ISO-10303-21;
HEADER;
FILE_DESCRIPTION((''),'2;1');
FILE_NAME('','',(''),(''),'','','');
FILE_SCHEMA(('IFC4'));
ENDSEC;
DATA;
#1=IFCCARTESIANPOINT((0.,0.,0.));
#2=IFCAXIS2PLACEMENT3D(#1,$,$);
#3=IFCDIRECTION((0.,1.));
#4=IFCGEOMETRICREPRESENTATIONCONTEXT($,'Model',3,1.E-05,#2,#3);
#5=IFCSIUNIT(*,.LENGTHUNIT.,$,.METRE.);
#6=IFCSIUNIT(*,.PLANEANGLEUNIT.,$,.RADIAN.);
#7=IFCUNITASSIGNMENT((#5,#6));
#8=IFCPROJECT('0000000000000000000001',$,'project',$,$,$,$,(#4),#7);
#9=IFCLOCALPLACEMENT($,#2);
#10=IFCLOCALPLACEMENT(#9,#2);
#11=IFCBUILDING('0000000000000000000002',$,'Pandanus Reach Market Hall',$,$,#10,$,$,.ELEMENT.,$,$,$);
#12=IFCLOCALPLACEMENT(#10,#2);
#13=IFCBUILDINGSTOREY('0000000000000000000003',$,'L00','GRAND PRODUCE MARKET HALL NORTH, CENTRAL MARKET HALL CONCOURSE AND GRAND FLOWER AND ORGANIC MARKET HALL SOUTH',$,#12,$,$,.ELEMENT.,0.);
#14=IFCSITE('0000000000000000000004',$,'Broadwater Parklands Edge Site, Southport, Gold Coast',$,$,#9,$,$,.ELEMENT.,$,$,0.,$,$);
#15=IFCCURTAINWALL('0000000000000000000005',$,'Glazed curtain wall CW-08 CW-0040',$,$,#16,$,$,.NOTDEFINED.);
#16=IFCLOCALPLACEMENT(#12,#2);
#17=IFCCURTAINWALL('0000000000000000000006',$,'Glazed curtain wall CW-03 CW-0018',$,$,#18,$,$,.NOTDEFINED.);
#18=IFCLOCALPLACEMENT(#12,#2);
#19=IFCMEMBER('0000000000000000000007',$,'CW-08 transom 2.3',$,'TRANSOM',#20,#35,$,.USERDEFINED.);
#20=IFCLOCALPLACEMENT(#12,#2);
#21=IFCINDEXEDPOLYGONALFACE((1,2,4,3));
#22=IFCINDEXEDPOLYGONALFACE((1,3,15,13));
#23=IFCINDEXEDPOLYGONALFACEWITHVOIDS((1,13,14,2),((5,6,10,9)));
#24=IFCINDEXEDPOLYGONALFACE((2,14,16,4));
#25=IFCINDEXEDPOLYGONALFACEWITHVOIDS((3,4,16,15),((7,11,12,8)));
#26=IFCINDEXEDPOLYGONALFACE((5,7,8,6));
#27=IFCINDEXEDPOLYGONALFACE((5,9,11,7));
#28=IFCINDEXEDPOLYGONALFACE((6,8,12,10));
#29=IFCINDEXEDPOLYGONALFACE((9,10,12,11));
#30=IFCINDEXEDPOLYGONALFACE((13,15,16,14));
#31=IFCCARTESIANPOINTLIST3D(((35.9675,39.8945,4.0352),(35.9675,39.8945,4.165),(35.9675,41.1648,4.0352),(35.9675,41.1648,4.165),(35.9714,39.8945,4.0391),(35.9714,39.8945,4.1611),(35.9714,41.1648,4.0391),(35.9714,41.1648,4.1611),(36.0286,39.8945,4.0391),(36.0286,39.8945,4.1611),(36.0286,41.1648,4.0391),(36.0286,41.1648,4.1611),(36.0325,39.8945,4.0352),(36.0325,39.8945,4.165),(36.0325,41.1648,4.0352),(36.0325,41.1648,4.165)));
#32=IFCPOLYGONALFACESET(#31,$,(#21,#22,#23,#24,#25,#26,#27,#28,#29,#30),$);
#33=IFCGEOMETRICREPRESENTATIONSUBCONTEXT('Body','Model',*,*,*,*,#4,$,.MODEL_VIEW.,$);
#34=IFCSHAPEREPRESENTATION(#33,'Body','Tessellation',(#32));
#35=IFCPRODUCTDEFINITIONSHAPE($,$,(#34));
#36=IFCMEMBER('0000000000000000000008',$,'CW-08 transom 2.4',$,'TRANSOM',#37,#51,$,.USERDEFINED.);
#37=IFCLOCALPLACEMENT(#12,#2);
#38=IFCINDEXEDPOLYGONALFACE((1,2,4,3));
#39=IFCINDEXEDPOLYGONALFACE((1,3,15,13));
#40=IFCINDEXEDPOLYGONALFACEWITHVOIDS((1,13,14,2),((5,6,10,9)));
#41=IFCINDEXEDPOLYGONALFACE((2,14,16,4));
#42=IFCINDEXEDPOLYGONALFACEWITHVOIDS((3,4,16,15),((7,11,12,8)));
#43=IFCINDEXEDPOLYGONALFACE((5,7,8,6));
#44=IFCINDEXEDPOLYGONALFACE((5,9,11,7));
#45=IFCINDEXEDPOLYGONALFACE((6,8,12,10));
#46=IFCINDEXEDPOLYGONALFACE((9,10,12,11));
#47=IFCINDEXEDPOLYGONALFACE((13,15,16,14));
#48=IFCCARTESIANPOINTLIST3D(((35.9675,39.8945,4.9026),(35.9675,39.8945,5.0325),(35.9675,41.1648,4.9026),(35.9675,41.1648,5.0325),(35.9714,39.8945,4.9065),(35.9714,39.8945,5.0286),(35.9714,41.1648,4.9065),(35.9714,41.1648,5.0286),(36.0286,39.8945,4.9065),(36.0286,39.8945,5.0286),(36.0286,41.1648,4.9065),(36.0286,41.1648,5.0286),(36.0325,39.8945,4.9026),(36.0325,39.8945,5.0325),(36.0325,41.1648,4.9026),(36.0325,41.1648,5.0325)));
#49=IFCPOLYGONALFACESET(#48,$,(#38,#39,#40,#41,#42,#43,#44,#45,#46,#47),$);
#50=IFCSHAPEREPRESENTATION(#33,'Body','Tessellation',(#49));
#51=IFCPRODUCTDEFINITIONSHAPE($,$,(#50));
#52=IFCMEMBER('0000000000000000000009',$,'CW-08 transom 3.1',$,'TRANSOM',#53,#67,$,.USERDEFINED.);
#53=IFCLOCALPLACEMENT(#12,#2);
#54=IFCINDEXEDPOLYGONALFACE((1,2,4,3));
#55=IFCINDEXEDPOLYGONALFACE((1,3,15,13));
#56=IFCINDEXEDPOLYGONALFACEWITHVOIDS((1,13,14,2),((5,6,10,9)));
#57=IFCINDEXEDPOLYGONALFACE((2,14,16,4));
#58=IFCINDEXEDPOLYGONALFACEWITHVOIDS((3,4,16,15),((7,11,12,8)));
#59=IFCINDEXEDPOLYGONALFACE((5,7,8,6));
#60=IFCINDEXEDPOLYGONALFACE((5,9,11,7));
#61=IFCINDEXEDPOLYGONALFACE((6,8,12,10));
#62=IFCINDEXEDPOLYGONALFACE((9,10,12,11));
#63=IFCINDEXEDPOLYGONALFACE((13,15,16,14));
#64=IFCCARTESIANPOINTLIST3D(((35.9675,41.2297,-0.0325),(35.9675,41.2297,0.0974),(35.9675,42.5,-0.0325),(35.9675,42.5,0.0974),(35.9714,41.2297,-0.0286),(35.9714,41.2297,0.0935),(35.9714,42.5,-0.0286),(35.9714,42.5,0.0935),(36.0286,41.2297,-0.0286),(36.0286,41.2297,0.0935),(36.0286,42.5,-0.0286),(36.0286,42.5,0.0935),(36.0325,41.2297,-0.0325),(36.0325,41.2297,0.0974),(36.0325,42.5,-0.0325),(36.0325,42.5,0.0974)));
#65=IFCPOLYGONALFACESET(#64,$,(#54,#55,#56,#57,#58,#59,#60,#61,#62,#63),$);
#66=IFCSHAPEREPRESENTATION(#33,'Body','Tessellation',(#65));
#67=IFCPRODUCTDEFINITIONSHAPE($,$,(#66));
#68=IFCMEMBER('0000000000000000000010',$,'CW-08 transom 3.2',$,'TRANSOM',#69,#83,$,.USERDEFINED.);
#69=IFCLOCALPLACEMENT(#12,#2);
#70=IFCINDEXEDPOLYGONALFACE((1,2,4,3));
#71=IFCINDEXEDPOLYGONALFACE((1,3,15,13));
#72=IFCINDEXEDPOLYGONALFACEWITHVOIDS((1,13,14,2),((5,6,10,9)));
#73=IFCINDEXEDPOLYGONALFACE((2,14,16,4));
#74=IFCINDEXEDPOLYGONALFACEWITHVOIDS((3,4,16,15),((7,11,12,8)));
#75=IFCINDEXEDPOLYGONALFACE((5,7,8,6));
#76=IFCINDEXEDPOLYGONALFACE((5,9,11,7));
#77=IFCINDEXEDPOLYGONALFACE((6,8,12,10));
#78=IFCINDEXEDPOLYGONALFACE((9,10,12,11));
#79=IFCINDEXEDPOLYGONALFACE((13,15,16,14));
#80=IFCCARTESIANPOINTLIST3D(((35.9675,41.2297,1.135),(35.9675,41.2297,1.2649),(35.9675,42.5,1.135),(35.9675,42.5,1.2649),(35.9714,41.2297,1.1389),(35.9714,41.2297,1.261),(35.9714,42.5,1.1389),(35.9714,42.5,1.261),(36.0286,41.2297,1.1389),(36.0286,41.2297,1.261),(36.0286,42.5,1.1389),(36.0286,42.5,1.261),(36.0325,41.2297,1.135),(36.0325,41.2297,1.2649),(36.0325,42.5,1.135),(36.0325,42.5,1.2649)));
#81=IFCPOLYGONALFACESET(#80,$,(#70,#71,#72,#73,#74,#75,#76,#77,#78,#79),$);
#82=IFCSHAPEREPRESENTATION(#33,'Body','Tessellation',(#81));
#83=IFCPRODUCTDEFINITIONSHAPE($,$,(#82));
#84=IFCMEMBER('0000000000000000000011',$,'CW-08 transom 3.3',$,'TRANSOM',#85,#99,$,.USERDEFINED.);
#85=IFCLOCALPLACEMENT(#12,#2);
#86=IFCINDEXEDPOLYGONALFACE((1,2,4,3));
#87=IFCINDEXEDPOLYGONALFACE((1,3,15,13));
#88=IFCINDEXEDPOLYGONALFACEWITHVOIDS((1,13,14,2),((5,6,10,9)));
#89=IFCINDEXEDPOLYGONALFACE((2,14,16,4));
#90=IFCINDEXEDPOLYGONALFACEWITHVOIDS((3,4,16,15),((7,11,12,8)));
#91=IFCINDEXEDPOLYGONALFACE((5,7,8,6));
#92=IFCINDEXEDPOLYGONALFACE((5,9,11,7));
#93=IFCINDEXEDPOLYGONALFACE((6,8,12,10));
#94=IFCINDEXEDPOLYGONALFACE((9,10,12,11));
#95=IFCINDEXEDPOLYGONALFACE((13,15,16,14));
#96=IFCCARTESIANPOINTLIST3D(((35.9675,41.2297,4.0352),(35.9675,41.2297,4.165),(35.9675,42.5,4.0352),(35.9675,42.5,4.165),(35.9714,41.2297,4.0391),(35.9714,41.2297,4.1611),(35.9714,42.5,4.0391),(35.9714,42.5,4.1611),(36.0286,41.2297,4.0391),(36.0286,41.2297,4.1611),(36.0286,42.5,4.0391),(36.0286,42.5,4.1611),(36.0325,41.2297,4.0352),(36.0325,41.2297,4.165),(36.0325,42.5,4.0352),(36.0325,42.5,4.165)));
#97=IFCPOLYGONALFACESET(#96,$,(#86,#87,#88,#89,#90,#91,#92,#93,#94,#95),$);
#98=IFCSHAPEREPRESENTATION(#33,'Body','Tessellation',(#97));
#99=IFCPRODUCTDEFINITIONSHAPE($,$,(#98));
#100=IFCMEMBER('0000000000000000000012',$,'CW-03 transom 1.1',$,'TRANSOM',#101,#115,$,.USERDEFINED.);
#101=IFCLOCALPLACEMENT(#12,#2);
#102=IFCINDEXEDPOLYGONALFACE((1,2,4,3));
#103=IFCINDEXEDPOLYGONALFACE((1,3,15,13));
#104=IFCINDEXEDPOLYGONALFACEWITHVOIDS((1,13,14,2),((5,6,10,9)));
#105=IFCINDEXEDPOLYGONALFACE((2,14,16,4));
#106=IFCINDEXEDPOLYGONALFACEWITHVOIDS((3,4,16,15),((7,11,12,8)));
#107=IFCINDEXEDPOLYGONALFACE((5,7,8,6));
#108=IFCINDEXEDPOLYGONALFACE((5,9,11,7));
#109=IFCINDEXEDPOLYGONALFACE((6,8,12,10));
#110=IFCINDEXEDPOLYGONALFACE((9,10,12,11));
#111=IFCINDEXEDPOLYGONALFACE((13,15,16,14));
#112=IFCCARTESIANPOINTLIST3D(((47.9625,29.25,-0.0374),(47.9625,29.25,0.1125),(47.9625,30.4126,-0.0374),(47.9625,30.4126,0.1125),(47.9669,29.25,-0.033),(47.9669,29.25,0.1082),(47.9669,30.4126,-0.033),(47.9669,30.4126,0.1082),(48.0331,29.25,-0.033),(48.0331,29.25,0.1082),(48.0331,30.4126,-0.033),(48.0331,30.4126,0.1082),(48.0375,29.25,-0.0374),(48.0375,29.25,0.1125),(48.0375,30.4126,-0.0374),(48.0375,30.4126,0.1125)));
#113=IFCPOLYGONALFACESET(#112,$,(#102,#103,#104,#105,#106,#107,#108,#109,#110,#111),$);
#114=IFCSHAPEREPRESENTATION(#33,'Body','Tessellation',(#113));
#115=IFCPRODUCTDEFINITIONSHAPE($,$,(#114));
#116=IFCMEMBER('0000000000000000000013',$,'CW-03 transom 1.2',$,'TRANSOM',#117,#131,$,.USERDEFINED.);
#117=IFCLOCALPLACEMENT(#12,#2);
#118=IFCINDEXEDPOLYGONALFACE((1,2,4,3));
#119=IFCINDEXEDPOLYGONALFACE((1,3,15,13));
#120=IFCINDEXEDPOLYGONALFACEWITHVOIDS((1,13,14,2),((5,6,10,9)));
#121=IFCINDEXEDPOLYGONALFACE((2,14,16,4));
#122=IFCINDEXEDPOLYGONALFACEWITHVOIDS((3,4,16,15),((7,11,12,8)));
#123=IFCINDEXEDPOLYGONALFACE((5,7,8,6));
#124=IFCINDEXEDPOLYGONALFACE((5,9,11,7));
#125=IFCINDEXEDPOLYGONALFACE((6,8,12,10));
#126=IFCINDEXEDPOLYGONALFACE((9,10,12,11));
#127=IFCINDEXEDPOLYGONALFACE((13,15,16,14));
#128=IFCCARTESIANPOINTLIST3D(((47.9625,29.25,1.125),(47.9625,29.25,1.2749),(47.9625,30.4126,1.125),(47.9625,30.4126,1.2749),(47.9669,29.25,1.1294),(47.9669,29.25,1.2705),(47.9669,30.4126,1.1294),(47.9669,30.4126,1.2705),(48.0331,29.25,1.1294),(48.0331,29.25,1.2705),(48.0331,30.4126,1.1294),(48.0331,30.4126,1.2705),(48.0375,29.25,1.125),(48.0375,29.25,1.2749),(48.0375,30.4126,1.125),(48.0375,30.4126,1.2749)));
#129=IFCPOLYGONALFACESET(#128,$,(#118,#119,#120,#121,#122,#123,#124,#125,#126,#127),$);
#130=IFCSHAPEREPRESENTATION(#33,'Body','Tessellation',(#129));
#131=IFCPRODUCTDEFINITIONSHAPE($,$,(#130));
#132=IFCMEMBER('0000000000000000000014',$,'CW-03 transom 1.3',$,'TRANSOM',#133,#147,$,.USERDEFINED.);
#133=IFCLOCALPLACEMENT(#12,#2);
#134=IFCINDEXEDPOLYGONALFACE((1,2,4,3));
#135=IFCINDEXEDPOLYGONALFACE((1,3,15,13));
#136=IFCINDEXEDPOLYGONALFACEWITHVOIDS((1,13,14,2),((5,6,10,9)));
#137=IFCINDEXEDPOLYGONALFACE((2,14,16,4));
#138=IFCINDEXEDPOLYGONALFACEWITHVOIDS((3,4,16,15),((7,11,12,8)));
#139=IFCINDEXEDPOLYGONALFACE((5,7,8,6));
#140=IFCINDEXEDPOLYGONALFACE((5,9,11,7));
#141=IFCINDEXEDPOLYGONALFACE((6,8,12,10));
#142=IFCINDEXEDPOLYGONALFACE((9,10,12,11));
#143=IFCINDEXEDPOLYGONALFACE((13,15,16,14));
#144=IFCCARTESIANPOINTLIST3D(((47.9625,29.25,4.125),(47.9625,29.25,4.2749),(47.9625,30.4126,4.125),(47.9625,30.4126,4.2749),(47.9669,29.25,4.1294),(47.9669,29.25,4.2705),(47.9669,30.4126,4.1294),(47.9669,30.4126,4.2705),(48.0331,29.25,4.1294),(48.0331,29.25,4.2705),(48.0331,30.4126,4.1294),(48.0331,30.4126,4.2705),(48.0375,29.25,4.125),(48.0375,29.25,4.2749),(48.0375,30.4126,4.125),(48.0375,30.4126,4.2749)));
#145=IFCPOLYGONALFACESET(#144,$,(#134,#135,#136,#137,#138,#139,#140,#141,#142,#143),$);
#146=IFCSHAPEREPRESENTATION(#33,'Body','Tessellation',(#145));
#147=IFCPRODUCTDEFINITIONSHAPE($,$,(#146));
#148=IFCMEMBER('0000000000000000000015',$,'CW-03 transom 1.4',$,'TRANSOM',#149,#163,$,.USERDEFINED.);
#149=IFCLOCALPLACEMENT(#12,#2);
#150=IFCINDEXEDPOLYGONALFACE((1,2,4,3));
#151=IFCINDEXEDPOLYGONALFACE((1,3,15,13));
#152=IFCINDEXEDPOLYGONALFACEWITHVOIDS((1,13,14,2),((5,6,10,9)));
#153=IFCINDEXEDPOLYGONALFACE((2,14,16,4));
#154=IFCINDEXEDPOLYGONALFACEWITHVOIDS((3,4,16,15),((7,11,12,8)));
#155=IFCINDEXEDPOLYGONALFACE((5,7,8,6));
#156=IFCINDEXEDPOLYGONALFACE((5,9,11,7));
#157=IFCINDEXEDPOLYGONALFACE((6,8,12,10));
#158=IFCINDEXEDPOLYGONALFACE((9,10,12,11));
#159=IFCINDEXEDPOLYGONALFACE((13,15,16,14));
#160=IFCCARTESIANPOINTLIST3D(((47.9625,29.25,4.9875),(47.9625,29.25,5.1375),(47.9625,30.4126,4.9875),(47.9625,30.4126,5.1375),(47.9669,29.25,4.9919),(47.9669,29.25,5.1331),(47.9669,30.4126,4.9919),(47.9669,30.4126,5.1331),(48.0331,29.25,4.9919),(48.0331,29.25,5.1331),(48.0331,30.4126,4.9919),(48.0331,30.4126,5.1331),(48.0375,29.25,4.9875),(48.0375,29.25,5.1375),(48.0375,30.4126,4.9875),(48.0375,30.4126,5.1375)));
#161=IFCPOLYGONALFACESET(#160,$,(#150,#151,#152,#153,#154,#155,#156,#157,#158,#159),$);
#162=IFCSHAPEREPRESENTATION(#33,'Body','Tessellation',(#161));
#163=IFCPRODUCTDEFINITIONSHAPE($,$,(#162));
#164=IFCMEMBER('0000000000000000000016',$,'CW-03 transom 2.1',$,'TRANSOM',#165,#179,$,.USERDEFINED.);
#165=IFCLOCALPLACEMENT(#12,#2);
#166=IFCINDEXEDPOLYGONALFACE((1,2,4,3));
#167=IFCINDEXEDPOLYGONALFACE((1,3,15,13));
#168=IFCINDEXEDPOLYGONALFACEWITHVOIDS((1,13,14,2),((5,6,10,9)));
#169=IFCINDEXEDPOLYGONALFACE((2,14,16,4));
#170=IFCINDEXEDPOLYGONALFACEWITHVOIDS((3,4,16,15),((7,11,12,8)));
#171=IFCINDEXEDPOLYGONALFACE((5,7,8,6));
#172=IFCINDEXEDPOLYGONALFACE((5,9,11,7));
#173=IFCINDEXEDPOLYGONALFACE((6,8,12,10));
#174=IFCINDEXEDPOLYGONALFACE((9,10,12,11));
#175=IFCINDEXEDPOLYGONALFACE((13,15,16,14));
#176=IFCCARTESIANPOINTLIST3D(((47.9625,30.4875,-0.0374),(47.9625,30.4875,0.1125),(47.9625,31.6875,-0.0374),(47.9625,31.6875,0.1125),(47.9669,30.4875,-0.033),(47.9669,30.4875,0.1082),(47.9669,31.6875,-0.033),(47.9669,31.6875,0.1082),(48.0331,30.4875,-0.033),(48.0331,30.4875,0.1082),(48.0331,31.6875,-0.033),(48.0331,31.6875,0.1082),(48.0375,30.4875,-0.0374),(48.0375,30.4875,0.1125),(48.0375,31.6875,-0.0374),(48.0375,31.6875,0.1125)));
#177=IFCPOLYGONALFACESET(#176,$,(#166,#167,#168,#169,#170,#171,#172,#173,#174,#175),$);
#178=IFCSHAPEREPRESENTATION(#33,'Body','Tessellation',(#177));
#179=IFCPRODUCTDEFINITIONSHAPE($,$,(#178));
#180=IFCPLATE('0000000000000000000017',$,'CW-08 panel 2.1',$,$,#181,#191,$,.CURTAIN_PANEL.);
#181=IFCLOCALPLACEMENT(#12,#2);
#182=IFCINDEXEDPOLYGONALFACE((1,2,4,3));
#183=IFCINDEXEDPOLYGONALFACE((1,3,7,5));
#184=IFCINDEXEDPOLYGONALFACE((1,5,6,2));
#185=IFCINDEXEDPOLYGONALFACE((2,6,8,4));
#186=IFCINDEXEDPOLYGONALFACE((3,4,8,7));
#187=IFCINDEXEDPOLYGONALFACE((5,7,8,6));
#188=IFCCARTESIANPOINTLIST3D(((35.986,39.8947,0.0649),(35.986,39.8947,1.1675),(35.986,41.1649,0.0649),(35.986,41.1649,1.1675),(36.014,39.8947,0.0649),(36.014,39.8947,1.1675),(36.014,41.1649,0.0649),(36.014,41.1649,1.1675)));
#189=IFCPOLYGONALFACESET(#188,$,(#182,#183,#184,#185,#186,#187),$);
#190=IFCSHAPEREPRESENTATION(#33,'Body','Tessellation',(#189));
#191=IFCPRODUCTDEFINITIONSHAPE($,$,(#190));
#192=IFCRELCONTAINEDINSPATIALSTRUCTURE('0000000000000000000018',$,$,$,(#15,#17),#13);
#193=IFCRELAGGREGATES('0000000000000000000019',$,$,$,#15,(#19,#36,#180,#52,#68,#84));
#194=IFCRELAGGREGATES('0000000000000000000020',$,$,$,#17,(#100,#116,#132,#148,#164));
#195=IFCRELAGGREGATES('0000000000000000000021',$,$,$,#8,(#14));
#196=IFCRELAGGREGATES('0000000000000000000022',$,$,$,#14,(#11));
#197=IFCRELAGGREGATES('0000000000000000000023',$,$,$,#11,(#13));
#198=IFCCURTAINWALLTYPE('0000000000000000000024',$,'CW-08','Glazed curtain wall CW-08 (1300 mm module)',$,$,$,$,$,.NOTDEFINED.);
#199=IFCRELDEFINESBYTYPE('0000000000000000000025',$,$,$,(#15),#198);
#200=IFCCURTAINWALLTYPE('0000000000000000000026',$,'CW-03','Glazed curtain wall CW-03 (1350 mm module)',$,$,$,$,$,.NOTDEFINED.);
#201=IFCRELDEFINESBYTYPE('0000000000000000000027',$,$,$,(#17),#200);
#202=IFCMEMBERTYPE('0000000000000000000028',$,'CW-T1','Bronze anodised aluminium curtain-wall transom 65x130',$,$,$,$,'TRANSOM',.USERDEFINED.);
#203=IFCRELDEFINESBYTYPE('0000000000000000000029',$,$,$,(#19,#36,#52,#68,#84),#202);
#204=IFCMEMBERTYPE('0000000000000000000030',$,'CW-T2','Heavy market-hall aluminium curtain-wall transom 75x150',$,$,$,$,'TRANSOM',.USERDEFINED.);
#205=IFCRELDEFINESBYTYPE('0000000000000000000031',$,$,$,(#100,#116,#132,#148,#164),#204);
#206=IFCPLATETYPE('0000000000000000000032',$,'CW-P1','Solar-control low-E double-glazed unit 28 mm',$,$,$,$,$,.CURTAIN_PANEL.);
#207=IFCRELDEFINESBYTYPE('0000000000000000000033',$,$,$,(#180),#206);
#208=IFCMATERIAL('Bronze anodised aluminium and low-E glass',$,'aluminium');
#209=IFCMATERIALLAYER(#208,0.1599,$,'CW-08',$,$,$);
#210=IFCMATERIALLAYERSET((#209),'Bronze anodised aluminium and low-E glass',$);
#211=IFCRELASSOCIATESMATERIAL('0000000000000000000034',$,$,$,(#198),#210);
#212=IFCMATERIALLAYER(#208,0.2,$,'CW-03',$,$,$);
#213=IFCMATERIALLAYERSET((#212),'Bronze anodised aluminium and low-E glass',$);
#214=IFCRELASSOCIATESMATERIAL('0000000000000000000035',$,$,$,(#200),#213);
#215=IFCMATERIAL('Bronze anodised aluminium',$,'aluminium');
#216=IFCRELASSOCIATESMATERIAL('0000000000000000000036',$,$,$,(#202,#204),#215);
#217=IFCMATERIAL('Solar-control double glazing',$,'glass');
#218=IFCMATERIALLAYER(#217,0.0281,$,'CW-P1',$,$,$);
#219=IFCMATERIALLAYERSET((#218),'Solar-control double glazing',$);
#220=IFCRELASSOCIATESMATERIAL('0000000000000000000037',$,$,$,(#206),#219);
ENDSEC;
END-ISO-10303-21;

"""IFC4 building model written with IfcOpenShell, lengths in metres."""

from ifc_helpers import new_model, si_unit, direction, frame, origin, origin_2d, place, context, subcontext, project, spatial, rectangle, hollow_rectangle, extrude, material, layer, layer_set, material_profile, profile_set, type_object, element, aggregate, save


model = new_model("IFC4")

# Units and contexts
model_context = context("Model", 3, precision=1e-05, world=origin(), true_north=direction((0.0, 1.0)))
body_context = subcontext(model_context, "Body", "Model", "MODEL_VIEW")
ifc_project = project(units=[si_unit("LENGTHUNIT", "METRE"), si_unit("PLANEANGLEUNIT", "RADIAN")], contexts=[model_context])

# Site, building, storey
site_placement = place(None, origin())
site = spatial("IfcSite", under=ifc_project, at=site_placement, Name="Broadwater Parklands Edge Site, Southport, Gold Coast", CompositionType="ELEMENT", RefElevation=0.0)
building_placement = place(site_placement, origin())
building = spatial("IfcBuilding", under=site, at=building_placement, Name="Pandanus Reach Market Hall", CompositionType="ELEMENT")
storey_placement = place(building_placement, origin())
storey = spatial("IfcBuildingStorey", under=building, at=storey_placement, Name="L00", Description="GRAND PRODUCE MARKET HALL NORTH, CENTRAL MARKET HALL CONCOURSE AND GRAND FLOWER AND ORGANIC MARKET HALL SOUTH", CompositionType="ELEMENT", Elevation=0.0)

# Curtain walls
ifc_material_1 = material(Name="Bronze anodised aluminium and low-E glass", Category="aluminium")
ifc_layer_1 = layer(ifc_material_1, 0.1599, Name="CW-08")
ifc_layer_set_1 = layer_set([ifc_layer_1], Name="Bronze anodised aluminium and low-E glass")
curtain_wall_type_1 = type_object("IfcCurtainWallType", Name="CW-08", Description="Glazed curtain wall CW-08 (1300 mm module)", PredefinedType="NOTDEFINED", material=ifc_layer_set_1)
curtain_wall_1_placement = place(storey_placement, origin())
curtain_wall_1 = element("IfcCurtainWall", 1, at=curtain_wall_1_placement, inside=storey, type_object=curtain_wall_type_1, Name="Glazed curtain wall CW-08 CW-0040", PredefinedType="NOTDEFINED")
ifc_material_2 = material(Name="Bronze anodised aluminium", Category="aluminium")
ifc_layer_2 = layer(ifc_material_1, 0.2, Name="CW-03")
ifc_layer_set_2 = layer_set([ifc_layer_2], Name="Bronze anodised aluminium and low-E glass")
curtain_wall_type_2 = type_object("IfcCurtainWallType", Name="CW-03", Description="Glazed curtain wall CW-03 (1350 mm module)", PredefinedType="NOTDEFINED", material=ifc_layer_set_2)
curtain_wall_2_placement = place(storey_placement, origin())
curtain_wall_2 = element("IfcCurtainWall", 2, at=curtain_wall_2_placement, inside=storey, type_object=curtain_wall_type_2, Name="Glazed curtain wall CW-03 CW-0018", PredefinedType="NOTDEFINED")

# Members
ifc_material_profile_1 = material_profile(ifc_material_2, hollow_rectangle(XDim=0.0649, YDim=0.1299, WallThickness=0.0039, at=origin_2d()), Name="ALU65x130", Category="LoadBearing")
ifc_profile_set_1 = profile_set([ifc_material_profile_1], Name="Bronze anodised aluminium")
member_type_1 = type_object("IfcMemberType", Name="CW-T1", Description="Bronze anodised aluminium curtain-wall transom 65x130", ElementType="TRANSOM", PredefinedType="USERDEFINED", material=ifc_profile_set_1)
member_1_placement = place(storey_placement, frame((36.0, 39.8945, 4.1001), z_axis=(0.0, 1.0, 0.0), x_axis=(-1.0, 0.0, 0.0)))
member_1 = element("IfcMember", 3, at=member_1_placement, type_object=member_type_1, Name="CW-08 transom 2.3", ObjectType="TRANSOM", PredefinedType="USERDEFINED", context=body_context, shape_type="SweptSolid", body=[
    extrude(hollow_rectangle(XDim=0.0649, YDim=0.1299, WallThickness=0.0039, at=origin_2d()), origin(), (0.0, 0.0, 1.0), 1.2703),
])
member_2_placement = place(storey_placement, frame((36.0, 39.8945, 4.9675), z_axis=(0.0, 1.0, 0.0), x_axis=(-1.0, 0.0, 0.0)))
member_2 = element("IfcMember", 4, at=member_2_placement, type_object=member_type_1, Name="CW-08 transom 2.4", ObjectType="TRANSOM", PredefinedType="USERDEFINED", context=body_context, shape_type="SweptSolid", body=[
    extrude(hollow_rectangle(XDim=0.0649, YDim=0.1299, WallThickness=0.0039, at=origin_2d()), origin(), (0.0, 0.0, 1.0), 1.2703),
])
member_3_placement = place(storey_placement, frame((36.0, 41.2297, 0.0325), z_axis=(0.0, 1.0, 0.0), x_axis=(-1.0, 0.0, 0.0)))
member_3 = element("IfcMember", 5, at=member_3_placement, type_object=member_type_1, Name="CW-08 transom 3.1", ObjectType="TRANSOM", PredefinedType="USERDEFINED", context=body_context, shape_type="SweptSolid", body=[
    extrude(hollow_rectangle(XDim=0.0649, YDim=0.1299, WallThickness=0.0039, at=origin_2d()), origin(), (0.0, 0.0, 1.0), 1.2703),
])
member_4_placement = place(storey_placement, frame((36.0, 41.2297, 1.2), z_axis=(0.0, 1.0, 0.0), x_axis=(-1.0, 0.0, 0.0)))
member_4 = element("IfcMember", 6, at=member_4_placement, type_object=member_type_1, Name="CW-08 transom 3.2", ObjectType="TRANSOM", PredefinedType="USERDEFINED", context=body_context, shape_type="SweptSolid", body=[
    extrude(hollow_rectangle(XDim=0.0649, YDim=0.1299, WallThickness=0.0039, at=origin_2d()), origin(), (0.0, 0.0, 1.0), 1.2703),
])
member_5_placement = place(storey_placement, frame((36.0, 41.2297, 4.1001), z_axis=(0.0, 1.0, 0.0), x_axis=(-1.0, 0.0, 0.0)))
member_5 = element("IfcMember", 7, at=member_5_placement, type_object=member_type_1, Name="CW-08 transom 3.3", ObjectType="TRANSOM", PredefinedType="USERDEFINED", context=body_context, shape_type="SweptSolid", body=[
    extrude(hollow_rectangle(XDim=0.0649, YDim=0.1299, WallThickness=0.0039, at=origin_2d()), origin(), (0.0, 0.0, 1.0), 1.2703),
])
ifc_material_profile_2 = material_profile(ifc_material_2, hollow_rectangle(XDim=0.075, YDim=0.1499, WallThickness=0.0044, at=origin_2d()), Name="ALU75x150", Category="LoadBearing")
ifc_profile_set_2 = profile_set([ifc_material_profile_2], Name="Bronze anodised aluminium")
member_type_2 = type_object("IfcMemberType", Name="CW-T2", Description="Heavy market-hall aluminium curtain-wall transom 75x150", ElementType="TRANSOM", PredefinedType="USERDEFINED", material=ifc_profile_set_2)
member_6_placement = place(storey_placement, frame((48.0, 29.25, 0.0376), z_axis=(0.0, 1.0, 0.0), x_axis=(-1.0, 0.0, 0.0)))
member_6 = element("IfcMember", 8, at=member_6_placement, type_object=member_type_2, Name="CW-03 transom 1.1", ObjectType="TRANSOM", PredefinedType="USERDEFINED", context=body_context, shape_type="SweptSolid", body=[
    extrude(hollow_rectangle(XDim=0.075, YDim=0.1499, WallThickness=0.0044, at=origin_2d()), origin(), (0.0, 0.0, 1.0), 1.1626),
])
member_7_placement = place(storey_placement, frame((48.0, 29.25, 1.2), z_axis=(0.0, 1.0, 0.0), x_axis=(-1.0, 0.0, 0.0)))
member_7 = element("IfcMember", 9, at=member_7_placement, type_object=member_type_2, Name="CW-03 transom 1.2", ObjectType="TRANSOM", PredefinedType="USERDEFINED", context=body_context, shape_type="SweptSolid", body=[
    extrude(hollow_rectangle(XDim=0.075, YDim=0.1499, WallThickness=0.0044, at=origin_2d()), origin(), (0.0, 0.0, 1.0), 1.1626),
])
member_8_placement = place(storey_placement, frame((48.0, 29.25, 4.2), z_axis=(0.0, 1.0, 0.0), x_axis=(-1.0, 0.0, 0.0)))
member_8 = element("IfcMember", 10, at=member_8_placement, type_object=member_type_2, Name="CW-03 transom 1.3", ObjectType="TRANSOM", PredefinedType="USERDEFINED", context=body_context, shape_type="SweptSolid", body=[
    extrude(hollow_rectangle(XDim=0.075, YDim=0.1499, WallThickness=0.0044, at=origin_2d()), origin(), (0.0, 0.0, 1.0), 1.1626),
])
member_9_placement = place(storey_placement, frame((48.0, 29.25, 5.0625), z_axis=(0.0, 1.0, 0.0), x_axis=(-1.0, 0.0, 0.0)))
member_9 = element("IfcMember", 11, at=member_9_placement, type_object=member_type_2, Name="CW-03 transom 1.4", ObjectType="TRANSOM", PredefinedType="USERDEFINED", context=body_context, shape_type="SweptSolid", body=[
    extrude(hollow_rectangle(XDim=0.075, YDim=0.1499, WallThickness=0.0044, at=origin_2d()), origin(), (0.0, 0.0, 1.0), 1.1626),
])
member_10_placement = place(storey_placement, frame((48.0, 30.4875, 0.0376), z_axis=(0.0, 1.0, 0.0), x_axis=(-1.0, 0.0, 0.0)))
member_10 = element("IfcMember", 12, at=member_10_placement, type_object=member_type_2, Name="CW-03 transom 2.1", ObjectType="TRANSOM", PredefinedType="USERDEFINED", context=body_context, shape_type="SweptSolid", body=[
    extrude(hollow_rectangle(XDim=0.075, YDim=0.1499, WallThickness=0.0044, at=origin_2d()), origin(), (0.0, 0.0, 1.0), 1.2),
])

# Plate
ifc_material_3 = material(Name="Solar-control double glazing", Category="glass")
ifc_layer_3 = layer(ifc_material_3, 0.0281, Name="CW-P1")
ifc_layer_set_3 = layer_set([ifc_layer_3], Name="Solar-control double glazing")
plate_type_1 = type_object("IfcPlateType", Name="CW-P1", Description="Solar-control low-E double-glazed unit 28 mm", PredefinedType="CURTAIN_PANEL", material=ifc_layer_set_3)
plate_1_placement = place(storey_placement, frame((36.0, 40.5298, 0.0649), z_axis=(0.0, 0.0, 1.0), x_axis=(0.0, 1.0, 0.0)))
plate_1 = element("IfcPlate", 13, at=plate_1_placement, type_object=plate_type_1, Name="CW-08 panel 2.1", PredefinedType="CURTAIN_PANEL", context=body_context, shape_type="SweptSolid", body=[
    extrude(rectangle(XDim=1.2703, YDim=0.0281, at=origin_2d()), origin(), (0.0, 0.0, 1.0), 1.1025),
])
aggregate(curtain_wall_1, [member_1, member_2, plate_1, member_3, member_4, member_5])
aggregate(curtain_wall_2, [member_6, member_7, member_8, member_9, member_10])

save(model, "model.ifc")
